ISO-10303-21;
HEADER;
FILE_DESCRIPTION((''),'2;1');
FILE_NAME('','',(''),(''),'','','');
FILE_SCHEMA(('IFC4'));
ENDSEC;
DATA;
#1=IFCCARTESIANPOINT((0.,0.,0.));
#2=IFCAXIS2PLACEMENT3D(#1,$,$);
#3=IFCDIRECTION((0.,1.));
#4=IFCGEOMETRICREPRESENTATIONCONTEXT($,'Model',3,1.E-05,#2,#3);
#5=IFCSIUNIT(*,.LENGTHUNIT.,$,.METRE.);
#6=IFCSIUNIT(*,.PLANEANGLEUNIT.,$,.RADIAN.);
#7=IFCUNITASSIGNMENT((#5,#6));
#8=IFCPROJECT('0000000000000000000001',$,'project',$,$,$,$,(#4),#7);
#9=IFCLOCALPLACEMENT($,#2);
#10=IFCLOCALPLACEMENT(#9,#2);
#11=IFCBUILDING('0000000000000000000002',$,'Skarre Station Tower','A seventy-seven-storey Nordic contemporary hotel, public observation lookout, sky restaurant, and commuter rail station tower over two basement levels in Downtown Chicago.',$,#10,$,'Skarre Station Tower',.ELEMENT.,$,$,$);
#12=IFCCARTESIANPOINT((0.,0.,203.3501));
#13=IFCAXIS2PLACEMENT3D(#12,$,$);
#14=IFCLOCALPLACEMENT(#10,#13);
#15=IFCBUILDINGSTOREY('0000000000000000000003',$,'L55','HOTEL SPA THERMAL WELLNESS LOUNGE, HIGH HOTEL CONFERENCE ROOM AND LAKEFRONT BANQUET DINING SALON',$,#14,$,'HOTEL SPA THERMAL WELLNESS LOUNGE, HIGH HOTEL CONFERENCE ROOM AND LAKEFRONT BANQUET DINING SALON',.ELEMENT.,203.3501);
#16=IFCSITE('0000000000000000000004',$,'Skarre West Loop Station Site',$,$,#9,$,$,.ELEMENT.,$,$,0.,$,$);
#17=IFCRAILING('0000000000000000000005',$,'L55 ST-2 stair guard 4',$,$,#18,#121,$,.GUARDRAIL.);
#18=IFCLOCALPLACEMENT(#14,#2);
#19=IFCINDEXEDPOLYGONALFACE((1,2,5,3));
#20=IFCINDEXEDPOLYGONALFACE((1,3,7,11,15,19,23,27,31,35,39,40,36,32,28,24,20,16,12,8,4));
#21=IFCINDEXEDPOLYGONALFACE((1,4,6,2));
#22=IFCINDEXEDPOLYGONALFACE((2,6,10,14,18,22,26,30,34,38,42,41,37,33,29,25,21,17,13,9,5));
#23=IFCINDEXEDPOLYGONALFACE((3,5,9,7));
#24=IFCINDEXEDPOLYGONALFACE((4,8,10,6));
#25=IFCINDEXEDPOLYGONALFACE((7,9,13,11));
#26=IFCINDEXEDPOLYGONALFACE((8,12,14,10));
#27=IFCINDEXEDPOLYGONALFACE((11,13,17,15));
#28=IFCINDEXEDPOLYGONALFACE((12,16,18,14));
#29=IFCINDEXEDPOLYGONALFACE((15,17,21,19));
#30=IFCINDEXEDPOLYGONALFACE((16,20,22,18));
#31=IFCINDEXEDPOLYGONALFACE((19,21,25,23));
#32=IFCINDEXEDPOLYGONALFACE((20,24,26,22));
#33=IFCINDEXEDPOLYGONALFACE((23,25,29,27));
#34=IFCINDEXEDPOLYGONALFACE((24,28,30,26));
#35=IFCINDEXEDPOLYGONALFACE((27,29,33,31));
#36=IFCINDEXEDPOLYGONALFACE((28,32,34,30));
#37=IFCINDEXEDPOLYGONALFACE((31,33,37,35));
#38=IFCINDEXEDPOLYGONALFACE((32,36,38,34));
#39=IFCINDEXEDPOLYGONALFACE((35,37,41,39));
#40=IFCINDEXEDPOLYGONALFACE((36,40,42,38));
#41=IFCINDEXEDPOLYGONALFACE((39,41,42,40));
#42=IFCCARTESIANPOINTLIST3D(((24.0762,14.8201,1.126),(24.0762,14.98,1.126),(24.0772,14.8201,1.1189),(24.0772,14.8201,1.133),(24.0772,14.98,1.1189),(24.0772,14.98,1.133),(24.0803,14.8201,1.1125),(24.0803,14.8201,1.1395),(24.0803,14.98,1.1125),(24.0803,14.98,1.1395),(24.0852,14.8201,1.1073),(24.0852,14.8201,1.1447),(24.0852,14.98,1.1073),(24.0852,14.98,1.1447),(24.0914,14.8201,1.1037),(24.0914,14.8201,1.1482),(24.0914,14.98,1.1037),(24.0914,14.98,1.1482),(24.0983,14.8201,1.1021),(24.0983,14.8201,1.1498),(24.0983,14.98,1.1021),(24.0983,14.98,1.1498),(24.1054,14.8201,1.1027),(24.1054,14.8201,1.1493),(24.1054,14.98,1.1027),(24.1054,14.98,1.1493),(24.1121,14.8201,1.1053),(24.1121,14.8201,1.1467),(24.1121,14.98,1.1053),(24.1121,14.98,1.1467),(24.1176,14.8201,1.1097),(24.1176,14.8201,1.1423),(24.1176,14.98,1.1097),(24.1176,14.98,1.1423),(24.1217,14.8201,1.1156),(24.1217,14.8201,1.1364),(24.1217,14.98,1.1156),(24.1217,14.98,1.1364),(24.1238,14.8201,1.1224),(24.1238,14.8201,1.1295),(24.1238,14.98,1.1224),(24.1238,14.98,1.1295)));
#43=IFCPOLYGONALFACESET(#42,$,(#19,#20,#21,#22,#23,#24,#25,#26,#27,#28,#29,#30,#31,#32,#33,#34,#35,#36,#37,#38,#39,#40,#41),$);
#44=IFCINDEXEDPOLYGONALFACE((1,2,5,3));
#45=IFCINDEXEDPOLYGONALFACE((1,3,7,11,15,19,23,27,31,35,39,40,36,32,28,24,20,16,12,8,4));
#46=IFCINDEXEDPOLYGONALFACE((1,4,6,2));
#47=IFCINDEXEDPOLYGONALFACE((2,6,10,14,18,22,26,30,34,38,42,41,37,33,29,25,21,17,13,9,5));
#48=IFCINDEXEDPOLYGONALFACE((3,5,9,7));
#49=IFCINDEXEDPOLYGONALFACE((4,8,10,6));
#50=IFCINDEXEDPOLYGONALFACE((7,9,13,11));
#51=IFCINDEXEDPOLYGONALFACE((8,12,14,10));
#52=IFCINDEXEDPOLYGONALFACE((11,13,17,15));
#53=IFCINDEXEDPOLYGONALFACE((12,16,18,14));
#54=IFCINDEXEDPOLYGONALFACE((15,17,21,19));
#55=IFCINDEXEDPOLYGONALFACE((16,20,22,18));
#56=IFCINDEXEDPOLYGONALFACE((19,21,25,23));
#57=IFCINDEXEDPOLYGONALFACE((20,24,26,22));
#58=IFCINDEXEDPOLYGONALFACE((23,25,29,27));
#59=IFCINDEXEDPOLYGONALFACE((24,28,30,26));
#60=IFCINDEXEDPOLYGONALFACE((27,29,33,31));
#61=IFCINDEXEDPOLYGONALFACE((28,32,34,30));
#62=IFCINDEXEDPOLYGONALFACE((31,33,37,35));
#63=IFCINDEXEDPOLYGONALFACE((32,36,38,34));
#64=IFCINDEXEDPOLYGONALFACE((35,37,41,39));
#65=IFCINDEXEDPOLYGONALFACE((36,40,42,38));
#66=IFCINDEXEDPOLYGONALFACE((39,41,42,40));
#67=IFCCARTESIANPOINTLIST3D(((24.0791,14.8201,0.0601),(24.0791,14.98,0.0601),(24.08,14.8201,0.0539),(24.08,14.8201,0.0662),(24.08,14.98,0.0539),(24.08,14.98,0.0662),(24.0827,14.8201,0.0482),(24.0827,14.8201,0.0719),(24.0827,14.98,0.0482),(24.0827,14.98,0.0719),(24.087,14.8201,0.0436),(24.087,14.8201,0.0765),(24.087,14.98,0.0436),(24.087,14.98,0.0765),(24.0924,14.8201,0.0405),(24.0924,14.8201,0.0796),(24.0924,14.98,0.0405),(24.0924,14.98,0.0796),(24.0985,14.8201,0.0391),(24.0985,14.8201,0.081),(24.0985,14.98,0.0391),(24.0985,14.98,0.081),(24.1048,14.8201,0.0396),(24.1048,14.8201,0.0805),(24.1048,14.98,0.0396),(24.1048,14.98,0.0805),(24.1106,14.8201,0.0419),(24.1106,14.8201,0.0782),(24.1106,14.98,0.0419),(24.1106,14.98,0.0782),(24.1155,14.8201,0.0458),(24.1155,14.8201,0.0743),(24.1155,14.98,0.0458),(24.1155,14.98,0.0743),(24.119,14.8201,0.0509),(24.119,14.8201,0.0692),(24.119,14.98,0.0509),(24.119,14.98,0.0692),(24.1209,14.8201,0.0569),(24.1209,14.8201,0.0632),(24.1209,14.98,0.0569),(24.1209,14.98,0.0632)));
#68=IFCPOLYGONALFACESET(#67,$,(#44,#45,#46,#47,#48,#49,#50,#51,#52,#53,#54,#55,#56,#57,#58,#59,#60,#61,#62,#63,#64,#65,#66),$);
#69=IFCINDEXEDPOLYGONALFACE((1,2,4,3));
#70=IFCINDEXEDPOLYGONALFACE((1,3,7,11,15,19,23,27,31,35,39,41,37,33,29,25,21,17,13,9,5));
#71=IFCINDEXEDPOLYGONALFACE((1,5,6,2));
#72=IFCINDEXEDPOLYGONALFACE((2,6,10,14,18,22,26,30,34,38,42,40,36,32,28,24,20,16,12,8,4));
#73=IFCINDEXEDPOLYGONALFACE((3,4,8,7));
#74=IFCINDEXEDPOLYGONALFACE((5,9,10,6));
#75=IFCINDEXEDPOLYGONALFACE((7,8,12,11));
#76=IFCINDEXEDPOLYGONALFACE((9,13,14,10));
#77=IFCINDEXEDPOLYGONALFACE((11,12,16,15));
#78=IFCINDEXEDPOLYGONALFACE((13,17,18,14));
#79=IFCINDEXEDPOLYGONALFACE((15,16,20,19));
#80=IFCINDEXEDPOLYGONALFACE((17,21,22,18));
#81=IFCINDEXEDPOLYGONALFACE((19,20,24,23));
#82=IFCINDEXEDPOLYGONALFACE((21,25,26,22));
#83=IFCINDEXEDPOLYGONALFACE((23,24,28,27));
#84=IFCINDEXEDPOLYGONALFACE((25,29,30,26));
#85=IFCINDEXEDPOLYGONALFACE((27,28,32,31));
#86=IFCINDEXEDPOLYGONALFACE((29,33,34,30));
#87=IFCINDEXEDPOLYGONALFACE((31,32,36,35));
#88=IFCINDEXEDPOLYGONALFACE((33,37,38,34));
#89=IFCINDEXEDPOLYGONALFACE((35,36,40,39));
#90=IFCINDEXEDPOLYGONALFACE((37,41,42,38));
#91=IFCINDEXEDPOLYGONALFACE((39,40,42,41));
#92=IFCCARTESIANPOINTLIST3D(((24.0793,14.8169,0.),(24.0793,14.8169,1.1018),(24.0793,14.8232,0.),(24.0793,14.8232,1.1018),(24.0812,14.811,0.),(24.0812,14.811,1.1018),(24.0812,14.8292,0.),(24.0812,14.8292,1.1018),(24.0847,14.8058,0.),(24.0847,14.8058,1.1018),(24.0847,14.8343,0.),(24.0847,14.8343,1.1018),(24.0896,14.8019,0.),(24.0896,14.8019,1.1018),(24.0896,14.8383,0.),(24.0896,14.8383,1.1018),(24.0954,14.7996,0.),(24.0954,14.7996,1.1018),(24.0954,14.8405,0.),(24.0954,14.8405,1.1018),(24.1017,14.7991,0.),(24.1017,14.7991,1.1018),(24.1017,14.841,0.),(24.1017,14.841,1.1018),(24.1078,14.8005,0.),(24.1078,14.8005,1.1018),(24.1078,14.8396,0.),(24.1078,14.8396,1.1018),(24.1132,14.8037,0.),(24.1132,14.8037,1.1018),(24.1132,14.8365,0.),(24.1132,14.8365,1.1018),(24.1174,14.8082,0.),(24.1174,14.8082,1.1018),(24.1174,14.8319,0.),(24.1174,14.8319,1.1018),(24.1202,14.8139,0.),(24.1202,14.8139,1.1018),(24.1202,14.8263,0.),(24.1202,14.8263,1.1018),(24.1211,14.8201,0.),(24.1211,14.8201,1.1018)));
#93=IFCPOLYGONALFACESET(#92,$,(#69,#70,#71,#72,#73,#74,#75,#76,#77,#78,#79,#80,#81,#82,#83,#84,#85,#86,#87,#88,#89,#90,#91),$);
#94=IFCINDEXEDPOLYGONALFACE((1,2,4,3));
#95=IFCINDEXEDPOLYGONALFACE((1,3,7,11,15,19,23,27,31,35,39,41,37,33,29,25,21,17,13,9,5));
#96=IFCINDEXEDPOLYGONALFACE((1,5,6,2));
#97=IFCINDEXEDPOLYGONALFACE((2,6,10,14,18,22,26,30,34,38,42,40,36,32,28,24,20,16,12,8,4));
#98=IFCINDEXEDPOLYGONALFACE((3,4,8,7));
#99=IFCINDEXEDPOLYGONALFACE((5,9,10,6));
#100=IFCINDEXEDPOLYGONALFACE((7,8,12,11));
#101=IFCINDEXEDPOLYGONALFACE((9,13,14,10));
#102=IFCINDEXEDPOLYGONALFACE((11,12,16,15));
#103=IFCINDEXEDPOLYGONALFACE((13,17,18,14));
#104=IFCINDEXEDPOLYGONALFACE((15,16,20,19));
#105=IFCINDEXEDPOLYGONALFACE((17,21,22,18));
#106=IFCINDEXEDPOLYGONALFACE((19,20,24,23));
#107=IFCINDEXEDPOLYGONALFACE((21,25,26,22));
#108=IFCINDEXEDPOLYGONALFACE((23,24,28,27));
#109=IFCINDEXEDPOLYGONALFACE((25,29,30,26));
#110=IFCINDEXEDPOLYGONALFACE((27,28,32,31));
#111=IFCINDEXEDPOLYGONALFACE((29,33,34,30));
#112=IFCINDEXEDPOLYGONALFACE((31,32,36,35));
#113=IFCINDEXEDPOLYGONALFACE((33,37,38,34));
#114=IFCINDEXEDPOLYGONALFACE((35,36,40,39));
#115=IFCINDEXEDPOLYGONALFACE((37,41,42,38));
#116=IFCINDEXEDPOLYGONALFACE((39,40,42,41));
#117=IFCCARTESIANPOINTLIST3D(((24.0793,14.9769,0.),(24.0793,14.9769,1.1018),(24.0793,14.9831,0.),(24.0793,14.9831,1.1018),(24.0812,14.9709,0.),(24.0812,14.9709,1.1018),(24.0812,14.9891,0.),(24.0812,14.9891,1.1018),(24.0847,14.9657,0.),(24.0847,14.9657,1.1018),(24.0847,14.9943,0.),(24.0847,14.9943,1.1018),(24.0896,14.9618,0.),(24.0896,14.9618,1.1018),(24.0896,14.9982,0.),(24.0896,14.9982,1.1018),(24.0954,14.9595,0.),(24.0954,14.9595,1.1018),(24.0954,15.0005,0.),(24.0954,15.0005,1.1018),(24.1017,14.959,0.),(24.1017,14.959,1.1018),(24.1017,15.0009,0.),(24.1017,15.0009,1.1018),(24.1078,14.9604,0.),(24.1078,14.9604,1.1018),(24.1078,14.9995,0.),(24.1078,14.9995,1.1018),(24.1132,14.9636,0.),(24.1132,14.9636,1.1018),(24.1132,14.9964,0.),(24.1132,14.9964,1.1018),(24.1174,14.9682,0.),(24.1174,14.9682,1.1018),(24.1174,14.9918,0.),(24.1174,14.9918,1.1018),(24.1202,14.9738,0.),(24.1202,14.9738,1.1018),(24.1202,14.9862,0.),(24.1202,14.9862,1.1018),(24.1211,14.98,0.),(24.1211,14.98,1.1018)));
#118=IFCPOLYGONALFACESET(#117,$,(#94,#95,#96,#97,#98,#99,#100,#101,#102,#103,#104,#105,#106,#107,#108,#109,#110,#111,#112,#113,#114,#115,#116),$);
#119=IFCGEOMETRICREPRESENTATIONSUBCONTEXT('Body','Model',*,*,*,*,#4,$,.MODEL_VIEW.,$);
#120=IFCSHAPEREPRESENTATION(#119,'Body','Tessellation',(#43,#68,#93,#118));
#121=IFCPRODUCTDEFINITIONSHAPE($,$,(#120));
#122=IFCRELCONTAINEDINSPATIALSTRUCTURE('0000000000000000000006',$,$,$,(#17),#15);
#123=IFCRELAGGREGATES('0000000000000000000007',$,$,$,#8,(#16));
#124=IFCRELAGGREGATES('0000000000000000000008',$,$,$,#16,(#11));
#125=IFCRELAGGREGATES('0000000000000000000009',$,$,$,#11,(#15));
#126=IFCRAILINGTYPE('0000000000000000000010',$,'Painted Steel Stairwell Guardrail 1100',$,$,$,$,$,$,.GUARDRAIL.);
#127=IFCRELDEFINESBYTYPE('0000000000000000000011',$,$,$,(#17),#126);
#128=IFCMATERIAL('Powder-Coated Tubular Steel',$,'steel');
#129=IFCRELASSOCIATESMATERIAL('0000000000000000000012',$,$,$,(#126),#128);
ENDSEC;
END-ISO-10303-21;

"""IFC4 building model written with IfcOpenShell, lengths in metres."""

from ifc_helpers import new_model, si_unit, direction, frame, origin, origin_2d, place, context, subcontext, project, spatial, circle, extrude, material, type_object, element, save


model = new_model("IFC4")

# Units and contexts
model_context = context("Model", 3, precision=1e-05, world=origin(), true_north=direction((0.0, 1.0)))
body_context = subcontext(model_context, "Body", "Model", "MODEL_VIEW")
ifc_project = project(units=[si_unit("LENGTHUNIT", "METRE"), si_unit("PLANEANGLEUNIT", "RADIAN")], contexts=[model_context])

# Site, building, storey
site_placement = place(None, origin())
site = spatial("IfcSite", under=ifc_project, at=site_placement, Name="Skarre West Loop Station Site", CompositionType="ELEMENT", RefElevation=0.0)
building_placement = place(site_placement, origin())
building = spatial("IfcBuilding", under=site, at=building_placement, Name="Skarre Station Tower", Description="A seventy-seven-storey Nordic contemporary hotel, public observation lookout, sky restaurant, and commuter rail station tower over two basement levels in Downtown Chicago.", LongName="Skarre Station Tower", CompositionType="ELEMENT")
storey_placement = place(building_placement, frame((0.0, 0.0, 203.3501)))
storey = spatial("IfcBuildingStorey", under=building, at=storey_placement, Name="L55", Description="HOTEL SPA THERMAL WELLNESS LOUNGE, HIGH HOTEL CONFERENCE ROOM AND LAKEFRONT BANQUET DINING SALON", LongName="HOTEL SPA THERMAL WELLNESS LOUNGE, HIGH HOTEL CONFERENCE ROOM AND LAKEFRONT BANQUET DINING SALON", CompositionType="ELEMENT", Elevation=203.3501)

# Railing
ifc_material_1 = material(Name="Powder-Coated Tubular Steel", Category="steel")
railing_type_1 = type_object("IfcRailingType", Name="Painted Steel Stairwell Guardrail 1100", PredefinedType="GUARDRAIL", material=ifc_material_1)
railing_1_placement = place(storey_placement, frame((24.1001, 14.8201, 0.0)))
element("IfcRailing", 1, at=railing_1_placement, inside=storey, type_object=railing_type_1, Name="L55 ST-2 stair guard 4", PredefinedType="GUARDRAIL", context=body_context, shape_type="SweptSolid", body=[
    extrude(circle(Radius=0.0239, at=origin_2d()), frame((0.0, 0.0, 1.126), z_axis=(0.0, 1.0, 0.0), x_axis=(-1.0, 0.0, 0.0)), (0.0, 0.0, 1.0), 0.1599),
    extrude(circle(Radius=0.021, at=origin_2d()), frame((0.0, 0.0, 0.0601), z_axis=(0.0, 1.0, 0.0), x_axis=(-1.0, 0.0, 0.0)), (0.0, 0.0, 1.0), 0.1599),
    extrude(circle(Radius=0.021, at=origin_2d()), origin(), (0.0, 0.0, 1.0), 1.1018),
    extrude(circle(Radius=0.021, at=origin_2d()), frame((0.0, 0.1599, 0.0)), (0.0, 0.0, 1.0), 1.1018),
])

save(model, "model.ifc")
